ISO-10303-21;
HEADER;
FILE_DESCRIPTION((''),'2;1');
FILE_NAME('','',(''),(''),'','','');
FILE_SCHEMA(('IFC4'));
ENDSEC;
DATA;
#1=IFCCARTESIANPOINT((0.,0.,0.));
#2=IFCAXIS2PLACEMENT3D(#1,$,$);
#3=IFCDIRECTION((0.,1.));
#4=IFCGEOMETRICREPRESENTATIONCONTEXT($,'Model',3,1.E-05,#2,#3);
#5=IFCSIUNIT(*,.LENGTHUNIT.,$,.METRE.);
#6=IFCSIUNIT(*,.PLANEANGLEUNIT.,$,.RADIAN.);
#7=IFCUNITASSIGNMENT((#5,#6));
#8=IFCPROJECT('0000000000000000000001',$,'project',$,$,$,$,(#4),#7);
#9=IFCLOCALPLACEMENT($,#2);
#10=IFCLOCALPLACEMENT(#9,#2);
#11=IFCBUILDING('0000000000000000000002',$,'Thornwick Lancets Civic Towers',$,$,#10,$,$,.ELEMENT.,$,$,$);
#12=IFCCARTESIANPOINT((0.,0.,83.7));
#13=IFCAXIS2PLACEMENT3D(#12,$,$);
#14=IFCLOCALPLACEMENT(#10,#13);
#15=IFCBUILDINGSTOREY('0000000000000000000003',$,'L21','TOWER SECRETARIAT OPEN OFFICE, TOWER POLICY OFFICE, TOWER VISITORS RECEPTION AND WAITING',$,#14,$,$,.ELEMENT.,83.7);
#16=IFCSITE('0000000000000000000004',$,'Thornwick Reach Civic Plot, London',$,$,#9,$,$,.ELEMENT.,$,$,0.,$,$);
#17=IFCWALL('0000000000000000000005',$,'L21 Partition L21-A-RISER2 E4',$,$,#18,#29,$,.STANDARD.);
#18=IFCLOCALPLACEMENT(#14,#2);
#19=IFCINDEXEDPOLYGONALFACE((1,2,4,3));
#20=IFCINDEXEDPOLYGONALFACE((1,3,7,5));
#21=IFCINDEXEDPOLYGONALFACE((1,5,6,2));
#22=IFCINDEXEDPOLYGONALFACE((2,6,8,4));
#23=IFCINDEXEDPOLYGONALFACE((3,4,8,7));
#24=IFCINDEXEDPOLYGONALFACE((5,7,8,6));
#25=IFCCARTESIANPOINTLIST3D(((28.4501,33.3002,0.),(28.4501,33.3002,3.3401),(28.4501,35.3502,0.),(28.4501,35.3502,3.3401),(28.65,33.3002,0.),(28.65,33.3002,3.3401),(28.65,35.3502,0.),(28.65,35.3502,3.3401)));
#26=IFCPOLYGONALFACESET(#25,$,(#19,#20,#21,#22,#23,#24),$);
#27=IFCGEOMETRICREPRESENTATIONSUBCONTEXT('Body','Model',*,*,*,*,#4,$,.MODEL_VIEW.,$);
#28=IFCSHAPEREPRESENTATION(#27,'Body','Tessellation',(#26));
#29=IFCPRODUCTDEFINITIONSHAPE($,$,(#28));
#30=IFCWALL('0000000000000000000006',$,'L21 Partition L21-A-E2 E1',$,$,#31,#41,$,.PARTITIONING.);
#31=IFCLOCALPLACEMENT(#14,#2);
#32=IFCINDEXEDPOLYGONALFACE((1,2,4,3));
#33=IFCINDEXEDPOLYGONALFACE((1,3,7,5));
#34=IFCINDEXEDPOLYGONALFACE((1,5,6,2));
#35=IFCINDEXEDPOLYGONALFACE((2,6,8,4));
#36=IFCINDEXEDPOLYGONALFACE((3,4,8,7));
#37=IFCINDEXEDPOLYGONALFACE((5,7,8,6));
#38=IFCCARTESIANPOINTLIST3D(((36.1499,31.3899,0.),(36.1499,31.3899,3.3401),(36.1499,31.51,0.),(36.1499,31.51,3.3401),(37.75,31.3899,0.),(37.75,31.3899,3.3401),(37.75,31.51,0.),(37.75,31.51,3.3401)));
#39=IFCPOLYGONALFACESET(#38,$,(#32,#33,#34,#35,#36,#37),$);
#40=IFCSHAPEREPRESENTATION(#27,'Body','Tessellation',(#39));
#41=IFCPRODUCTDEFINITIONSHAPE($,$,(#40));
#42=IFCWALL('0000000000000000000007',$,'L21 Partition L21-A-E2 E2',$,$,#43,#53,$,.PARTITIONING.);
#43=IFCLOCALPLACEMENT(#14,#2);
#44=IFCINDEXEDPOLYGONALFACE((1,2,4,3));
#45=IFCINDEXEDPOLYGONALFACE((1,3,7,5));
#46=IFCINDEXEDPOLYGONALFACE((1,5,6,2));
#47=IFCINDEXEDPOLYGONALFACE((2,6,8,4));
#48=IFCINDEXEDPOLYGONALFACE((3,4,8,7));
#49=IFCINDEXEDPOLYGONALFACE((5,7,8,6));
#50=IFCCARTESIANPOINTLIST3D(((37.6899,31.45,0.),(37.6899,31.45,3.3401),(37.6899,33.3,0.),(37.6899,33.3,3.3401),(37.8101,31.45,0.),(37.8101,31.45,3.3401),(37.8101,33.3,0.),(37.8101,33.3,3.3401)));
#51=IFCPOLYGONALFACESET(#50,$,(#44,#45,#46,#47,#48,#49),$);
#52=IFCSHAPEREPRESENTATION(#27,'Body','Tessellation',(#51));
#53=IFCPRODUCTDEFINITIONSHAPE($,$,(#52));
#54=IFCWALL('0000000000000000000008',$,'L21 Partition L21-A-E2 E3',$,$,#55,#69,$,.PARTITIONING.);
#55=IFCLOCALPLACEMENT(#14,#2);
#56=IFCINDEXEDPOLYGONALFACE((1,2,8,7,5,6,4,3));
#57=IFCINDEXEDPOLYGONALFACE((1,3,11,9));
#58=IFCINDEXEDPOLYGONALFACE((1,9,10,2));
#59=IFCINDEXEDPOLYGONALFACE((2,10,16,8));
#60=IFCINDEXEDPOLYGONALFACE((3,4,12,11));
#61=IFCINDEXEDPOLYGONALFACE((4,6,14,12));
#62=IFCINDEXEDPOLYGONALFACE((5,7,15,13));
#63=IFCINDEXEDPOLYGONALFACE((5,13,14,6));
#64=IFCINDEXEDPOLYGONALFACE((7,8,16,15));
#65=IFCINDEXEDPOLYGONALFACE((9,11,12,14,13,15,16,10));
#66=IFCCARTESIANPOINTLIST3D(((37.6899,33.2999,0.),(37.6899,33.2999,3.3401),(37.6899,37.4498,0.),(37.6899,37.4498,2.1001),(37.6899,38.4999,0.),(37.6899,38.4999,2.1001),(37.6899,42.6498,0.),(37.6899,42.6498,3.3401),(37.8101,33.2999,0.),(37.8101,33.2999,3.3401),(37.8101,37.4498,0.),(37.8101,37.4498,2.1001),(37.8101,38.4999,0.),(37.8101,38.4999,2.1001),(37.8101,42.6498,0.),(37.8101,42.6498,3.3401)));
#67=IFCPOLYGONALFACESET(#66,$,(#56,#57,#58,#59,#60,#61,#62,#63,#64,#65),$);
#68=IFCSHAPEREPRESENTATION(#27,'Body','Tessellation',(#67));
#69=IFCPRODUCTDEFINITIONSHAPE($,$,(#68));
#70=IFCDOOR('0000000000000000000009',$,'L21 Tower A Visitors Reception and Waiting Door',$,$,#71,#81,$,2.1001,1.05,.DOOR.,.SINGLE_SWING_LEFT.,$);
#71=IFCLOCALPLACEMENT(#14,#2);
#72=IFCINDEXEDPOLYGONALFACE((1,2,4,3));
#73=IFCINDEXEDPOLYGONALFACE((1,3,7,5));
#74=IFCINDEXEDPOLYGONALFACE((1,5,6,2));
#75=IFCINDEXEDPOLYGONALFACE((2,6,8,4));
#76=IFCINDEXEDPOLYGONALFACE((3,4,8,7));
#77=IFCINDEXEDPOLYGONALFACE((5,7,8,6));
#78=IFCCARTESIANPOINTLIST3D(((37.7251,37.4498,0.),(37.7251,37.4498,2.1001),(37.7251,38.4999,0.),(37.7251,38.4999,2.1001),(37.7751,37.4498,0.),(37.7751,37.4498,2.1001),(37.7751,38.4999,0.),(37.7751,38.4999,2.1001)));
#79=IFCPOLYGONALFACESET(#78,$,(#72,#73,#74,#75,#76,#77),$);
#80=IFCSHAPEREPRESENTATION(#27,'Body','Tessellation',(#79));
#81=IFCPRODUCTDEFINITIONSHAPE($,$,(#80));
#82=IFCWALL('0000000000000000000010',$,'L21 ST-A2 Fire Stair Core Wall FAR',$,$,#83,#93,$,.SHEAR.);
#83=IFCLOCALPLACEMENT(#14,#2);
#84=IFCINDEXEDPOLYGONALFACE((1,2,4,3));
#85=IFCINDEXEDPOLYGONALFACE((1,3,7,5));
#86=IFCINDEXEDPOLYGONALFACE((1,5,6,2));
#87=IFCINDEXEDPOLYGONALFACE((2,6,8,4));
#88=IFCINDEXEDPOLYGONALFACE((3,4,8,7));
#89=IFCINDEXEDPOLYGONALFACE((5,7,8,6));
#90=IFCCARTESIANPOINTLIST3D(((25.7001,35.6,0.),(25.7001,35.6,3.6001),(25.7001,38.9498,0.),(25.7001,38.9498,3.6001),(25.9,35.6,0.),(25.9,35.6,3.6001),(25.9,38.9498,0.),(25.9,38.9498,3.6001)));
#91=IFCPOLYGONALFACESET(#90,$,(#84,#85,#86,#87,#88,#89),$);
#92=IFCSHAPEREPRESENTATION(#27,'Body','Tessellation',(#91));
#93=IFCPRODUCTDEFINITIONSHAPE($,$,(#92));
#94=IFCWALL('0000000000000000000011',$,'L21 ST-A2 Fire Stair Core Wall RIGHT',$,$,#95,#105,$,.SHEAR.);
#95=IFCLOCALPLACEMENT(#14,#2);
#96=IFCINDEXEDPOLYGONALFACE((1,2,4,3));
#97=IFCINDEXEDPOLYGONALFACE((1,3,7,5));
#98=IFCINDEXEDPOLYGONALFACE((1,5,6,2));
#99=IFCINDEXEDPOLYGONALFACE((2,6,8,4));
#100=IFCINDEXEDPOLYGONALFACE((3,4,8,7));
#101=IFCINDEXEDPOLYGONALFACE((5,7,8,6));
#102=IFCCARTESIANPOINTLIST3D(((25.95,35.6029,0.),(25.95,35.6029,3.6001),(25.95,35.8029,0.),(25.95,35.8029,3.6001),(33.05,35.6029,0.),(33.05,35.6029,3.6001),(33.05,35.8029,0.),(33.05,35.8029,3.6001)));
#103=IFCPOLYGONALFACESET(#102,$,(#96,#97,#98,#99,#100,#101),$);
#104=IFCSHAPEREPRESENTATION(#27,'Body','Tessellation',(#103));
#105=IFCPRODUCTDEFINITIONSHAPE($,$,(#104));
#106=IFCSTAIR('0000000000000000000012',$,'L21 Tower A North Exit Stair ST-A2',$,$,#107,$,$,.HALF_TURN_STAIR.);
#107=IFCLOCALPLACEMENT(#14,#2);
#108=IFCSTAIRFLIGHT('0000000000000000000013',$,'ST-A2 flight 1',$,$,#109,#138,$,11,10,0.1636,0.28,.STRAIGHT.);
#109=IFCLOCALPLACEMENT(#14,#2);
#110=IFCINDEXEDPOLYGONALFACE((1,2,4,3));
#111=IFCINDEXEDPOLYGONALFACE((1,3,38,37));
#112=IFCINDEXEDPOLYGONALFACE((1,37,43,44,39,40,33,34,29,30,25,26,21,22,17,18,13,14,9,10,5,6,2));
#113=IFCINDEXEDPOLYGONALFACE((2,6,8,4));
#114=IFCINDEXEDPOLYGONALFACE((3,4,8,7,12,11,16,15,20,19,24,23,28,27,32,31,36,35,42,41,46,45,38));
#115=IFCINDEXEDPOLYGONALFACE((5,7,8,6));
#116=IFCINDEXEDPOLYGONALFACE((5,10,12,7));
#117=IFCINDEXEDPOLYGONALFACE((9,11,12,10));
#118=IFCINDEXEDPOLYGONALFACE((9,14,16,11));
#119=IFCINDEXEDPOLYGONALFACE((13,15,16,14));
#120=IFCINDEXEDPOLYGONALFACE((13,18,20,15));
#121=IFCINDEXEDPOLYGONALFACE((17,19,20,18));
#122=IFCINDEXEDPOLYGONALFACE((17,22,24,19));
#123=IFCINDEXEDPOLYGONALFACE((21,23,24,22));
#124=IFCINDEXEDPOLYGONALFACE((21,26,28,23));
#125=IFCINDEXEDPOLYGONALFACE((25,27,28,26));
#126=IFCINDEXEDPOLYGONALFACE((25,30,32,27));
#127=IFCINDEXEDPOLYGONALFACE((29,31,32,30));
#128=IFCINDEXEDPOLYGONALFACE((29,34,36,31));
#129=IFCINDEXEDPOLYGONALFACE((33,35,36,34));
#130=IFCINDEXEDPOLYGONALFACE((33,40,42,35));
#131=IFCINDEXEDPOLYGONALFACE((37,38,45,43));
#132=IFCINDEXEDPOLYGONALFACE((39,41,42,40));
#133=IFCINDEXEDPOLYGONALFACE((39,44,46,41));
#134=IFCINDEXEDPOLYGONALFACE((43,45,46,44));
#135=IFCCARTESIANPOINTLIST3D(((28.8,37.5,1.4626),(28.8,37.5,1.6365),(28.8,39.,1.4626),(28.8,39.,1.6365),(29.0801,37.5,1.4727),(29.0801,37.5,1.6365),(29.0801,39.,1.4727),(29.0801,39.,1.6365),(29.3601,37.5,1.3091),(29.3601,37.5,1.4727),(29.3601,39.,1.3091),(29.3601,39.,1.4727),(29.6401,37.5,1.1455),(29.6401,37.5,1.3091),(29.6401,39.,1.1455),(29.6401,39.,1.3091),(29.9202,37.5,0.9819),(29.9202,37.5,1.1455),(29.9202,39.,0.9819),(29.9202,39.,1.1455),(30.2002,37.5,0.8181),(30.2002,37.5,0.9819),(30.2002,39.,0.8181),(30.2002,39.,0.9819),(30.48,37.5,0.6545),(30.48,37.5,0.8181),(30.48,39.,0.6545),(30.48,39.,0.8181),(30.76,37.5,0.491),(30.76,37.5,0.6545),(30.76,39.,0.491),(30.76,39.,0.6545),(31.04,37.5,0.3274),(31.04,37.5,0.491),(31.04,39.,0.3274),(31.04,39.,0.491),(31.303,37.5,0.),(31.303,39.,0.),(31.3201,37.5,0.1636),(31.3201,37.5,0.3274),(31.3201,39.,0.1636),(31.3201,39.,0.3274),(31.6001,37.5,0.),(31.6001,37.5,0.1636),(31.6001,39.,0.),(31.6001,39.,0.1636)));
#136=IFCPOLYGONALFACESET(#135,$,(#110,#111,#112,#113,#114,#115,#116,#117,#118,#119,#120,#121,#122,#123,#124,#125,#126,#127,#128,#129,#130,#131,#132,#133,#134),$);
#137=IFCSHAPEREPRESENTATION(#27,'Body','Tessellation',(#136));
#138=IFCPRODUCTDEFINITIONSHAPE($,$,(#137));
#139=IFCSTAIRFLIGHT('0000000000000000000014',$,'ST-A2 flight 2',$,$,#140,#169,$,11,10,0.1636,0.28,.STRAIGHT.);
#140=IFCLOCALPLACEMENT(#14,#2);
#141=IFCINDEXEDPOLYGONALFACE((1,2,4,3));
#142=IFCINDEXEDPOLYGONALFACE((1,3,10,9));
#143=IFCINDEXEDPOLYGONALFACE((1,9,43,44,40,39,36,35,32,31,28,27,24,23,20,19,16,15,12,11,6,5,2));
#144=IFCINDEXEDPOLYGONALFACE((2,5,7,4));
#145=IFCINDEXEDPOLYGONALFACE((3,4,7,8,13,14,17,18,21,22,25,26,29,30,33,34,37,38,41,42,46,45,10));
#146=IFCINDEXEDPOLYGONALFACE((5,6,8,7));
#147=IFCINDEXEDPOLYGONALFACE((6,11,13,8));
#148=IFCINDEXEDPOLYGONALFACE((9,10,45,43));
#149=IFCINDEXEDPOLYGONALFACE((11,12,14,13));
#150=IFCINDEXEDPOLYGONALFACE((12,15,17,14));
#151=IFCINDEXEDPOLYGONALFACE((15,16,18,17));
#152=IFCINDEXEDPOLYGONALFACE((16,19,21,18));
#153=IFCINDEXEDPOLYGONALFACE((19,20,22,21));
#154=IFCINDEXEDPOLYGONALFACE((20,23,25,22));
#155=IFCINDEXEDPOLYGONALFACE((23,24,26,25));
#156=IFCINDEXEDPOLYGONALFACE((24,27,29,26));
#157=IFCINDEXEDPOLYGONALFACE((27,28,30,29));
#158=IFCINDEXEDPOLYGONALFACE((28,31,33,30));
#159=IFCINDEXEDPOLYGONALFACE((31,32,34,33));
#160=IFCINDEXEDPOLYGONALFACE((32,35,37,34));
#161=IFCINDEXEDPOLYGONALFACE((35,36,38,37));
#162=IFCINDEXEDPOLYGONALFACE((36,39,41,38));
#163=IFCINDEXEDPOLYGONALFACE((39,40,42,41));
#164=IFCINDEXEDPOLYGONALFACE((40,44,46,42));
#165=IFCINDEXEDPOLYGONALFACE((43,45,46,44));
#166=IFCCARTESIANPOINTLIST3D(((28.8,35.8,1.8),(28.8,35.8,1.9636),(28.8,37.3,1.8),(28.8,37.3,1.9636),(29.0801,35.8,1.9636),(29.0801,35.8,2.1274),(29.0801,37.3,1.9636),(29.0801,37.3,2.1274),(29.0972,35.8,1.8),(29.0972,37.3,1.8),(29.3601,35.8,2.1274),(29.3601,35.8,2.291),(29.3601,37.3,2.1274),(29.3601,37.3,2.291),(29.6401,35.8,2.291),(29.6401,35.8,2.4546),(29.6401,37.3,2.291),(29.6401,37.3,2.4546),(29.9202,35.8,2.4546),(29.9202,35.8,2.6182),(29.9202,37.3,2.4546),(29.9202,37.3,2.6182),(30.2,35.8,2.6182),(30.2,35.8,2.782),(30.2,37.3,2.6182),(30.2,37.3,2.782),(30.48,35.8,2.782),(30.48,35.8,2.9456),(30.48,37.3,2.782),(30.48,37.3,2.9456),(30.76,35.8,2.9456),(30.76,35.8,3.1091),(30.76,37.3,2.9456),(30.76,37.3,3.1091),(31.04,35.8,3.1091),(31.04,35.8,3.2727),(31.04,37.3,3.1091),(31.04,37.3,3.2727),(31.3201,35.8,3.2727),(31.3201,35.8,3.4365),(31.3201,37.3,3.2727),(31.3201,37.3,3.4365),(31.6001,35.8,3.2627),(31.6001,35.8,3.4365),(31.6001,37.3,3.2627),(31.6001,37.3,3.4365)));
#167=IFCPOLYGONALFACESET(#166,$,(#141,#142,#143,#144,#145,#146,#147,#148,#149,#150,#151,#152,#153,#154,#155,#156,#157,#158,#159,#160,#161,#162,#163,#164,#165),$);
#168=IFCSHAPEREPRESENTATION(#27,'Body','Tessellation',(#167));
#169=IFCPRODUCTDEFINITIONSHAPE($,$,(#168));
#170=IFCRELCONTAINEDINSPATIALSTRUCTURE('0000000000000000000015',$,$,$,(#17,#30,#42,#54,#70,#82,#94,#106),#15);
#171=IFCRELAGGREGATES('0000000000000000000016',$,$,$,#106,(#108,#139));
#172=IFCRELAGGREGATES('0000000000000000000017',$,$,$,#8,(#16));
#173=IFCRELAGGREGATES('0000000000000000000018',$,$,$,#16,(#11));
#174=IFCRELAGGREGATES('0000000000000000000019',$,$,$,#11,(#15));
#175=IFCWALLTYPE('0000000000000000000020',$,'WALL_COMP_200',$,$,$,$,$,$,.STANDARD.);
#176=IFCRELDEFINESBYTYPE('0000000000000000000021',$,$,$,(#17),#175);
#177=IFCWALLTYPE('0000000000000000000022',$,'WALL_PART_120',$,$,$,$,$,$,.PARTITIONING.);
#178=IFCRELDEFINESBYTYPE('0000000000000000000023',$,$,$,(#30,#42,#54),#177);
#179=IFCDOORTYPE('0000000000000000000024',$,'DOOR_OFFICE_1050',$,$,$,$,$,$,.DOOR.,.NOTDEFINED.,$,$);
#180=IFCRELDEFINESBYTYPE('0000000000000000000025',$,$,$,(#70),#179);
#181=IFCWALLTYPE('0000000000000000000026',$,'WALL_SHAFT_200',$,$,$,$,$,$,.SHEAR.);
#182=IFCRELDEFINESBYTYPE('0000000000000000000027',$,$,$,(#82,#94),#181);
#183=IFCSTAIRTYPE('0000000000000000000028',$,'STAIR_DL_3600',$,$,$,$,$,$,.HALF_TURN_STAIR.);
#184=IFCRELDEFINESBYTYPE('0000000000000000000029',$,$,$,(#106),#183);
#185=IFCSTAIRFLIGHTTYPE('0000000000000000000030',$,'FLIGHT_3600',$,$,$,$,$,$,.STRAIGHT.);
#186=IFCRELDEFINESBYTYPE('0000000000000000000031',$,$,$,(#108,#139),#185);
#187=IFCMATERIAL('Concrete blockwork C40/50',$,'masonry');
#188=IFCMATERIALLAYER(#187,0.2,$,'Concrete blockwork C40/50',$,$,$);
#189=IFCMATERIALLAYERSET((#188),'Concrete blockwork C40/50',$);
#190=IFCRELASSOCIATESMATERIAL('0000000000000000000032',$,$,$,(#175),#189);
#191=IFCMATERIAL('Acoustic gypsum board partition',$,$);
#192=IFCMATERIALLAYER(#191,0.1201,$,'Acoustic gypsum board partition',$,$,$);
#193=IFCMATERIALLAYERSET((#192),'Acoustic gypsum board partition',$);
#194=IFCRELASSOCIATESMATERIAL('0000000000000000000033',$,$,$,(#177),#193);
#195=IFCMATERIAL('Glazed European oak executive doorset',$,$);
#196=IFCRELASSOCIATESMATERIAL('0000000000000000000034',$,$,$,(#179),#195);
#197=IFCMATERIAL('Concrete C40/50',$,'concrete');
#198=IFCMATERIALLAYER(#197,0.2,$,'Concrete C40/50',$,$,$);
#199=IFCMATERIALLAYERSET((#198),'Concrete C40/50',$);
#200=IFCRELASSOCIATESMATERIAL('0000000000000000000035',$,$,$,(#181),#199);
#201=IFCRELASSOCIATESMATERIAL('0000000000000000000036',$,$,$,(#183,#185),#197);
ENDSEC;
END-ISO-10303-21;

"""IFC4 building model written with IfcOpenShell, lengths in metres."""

from ifc_helpers import new_model, si_unit, direction, frame, frame_2d, origin, place, context, subcontext, project, spatial, polyline, rectangle, outline, extrude, material, layer, layer_set, type_object, element, fill, aggregate, save


model = new_model("IFC4")

# Units and contexts
model_context = context("Model", 3, precision=1e-05, world=origin(), true_north=direction((0.0, 1.0)))
body_context = subcontext(model_context, "Body", "Model", "MODEL_VIEW")
ifc_project = project(units=[si_unit("LENGTHUNIT", "METRE"), si_unit("PLANEANGLEUNIT", "RADIAN")], contexts=[model_context])

# Site, building, storey
site_placement = place(None, origin())
site = spatial("IfcSite", under=ifc_project, at=site_placement, Name="Thornwick Reach Civic Plot, London", CompositionType="ELEMENT", RefElevation=0.0)
building_placement = place(site_placement, origin())
building = spatial("IfcBuilding", under=site, at=building_placement, Name="Thornwick Lancets Civic Towers", CompositionType="ELEMENT")
storey_placement = place(building_placement, frame((0.0, 0.0, 83.7)))
storey = spatial("IfcBuildingStorey", under=building, at=storey_placement, Name="L21", Description="TOWER SECRETARIAT OPEN OFFICE, TOWER POLICY OFFICE, TOWER VISITORS RECEPTION AND WAITING", CompositionType="ELEMENT", Elevation=83.7)

# Shared definitions
ifc_material_1 = material(Name="Concrete blockwork C40/50", Category="masonry")
ifc_layer_1 = layer(ifc_material_1, 0.2, Name="Concrete blockwork C40/50")
ifc_layer_set_1 = layer_set([ifc_layer_1], Name="Concrete blockwork C40/50")
wall_type_1 = type_object("IfcWallType", Name="WALL_COMP_200", PredefinedType="STANDARD", material=ifc_layer_set_1)

# Walls
wall_1_placement = place(storey_placement, frame((28.55, 35.3501, 0.0), z_axis=(0.0, 0.0, 1.0), x_axis=(0.0, -1.0, 0.0)))
element("IfcWall", 1, at=wall_1_placement, inside=storey, type_object=wall_type_1, Name="L21 Partition L21-A-RISER2 E4", PredefinedType="STANDARD", context=body_context, shape_type="SweptSolid", body=[
    extrude(rectangle(XDim=2.05, YDim=0.2, at=frame_2d((1.0249, 0.0))), origin(), (0.0, 0.0, 1.0), 3.3401),
])
ifc_material_2 = material(Name="Acoustic gypsum board partition")
ifc_layer_2 = layer(ifc_material_2, 0.1201, Name="Acoustic gypsum board partition")
ifc_layer_set_2 = layer_set([ifc_layer_2], Name="Acoustic gypsum board partition")
wall_type_2 = type_object("IfcWallType", Name="WALL_PART_120", PredefinedType="PARTITIONING", material=ifc_layer_set_2)
wall_2_placement = place(storey_placement, frame((36.1499, 31.45, 0.0), z_axis=(0.0, 0.0, 1.0), x_axis=(1.0, 0.0, 0.0)))
element("IfcWall", 2, at=wall_2_placement, inside=storey, type_object=wall_type_2, Name="L21 Partition L21-A-E2 E1", PredefinedType="PARTITIONING", context=body_context, shape_type="SweptSolid", body=[
    extrude(rectangle(XDim=1.6001, YDim=0.1201, at=frame_2d((0.8, 0.0))), origin(), (0.0, 0.0, 1.0), 3.3401),
])
wall_3_placement = place(storey_placement, frame((37.75, 31.45, 0.0), z_axis=(0.0, 0.0, 1.0), x_axis=(0.0, 1.0, 0.0)))
element("IfcWall", 3, at=wall_3_placement, inside=storey, type_object=wall_type_2, Name="L21 Partition L21-A-E2 E2", PredefinedType="PARTITIONING", context=body_context, shape_type="SweptSolid", body=[
    extrude(rectangle(XDim=1.8501, YDim=0.1201, at=frame_2d((0.925, 0.0))), origin(), (0.0, 0.0, 1.0), 3.3401),
])

# Wall, opening, door
wall_4_placement = place(storey_placement, frame((37.75, 33.3, 0.0), z_axis=(0.0, 0.0, 1.0), x_axis=(0.0, 1.0, 0.0)))
wall_4 = element("IfcWall", 4, at=wall_4_placement, inside=storey, type_object=wall_type_2, Name="L21 Partition L21-A-E2 E3", PredefinedType="PARTITIONING", context=body_context, shape_type="SweptSolid", body=[
    extrude(rectangle(XDim=9.3499, YDim=0.1201, at=frame_2d((4.6748, 0.0))), origin(), (0.0, 0.0, 1.0), 3.3401),
])
opening_1_placement = place(wall_4_placement, frame((4.1499, 0.0, 0.0)))
opening_1 = element("IfcOpeningElement", 5, at=opening_1_placement, cuts=wall_4, PredefinedType="OPENING", context=body_context, shape_type="SweptSolid", body=[
    extrude(rectangle(XDim=1.05, YDim=2.1001, at=frame_2d((0.5249, 1.05))), frame((0.0, 0.0701, 0.0), z_axis=(0.0, -1.0, 0.0), x_axis=(1.0, 0.0, 0.0)), (0.0, 0.0, 1.0), 0.1401),
])
ifc_material_3 = material(Name="Glazed European oak executive doorset")
door_type_1 = type_object("IfcDoorType", Name="DOOR_OFFICE_1050", OperationType="NOTDEFINED", PredefinedType="DOOR", material=ifc_material_3)
door_1_placement = place(opening_1_placement, origin())
door_1 = element("IfcDoor", 6, at=door_1_placement, inside=storey, type_object=door_type_1, Name="L21 Tower A Visitors Reception and Waiting Door", OperationType="SINGLE_SWING_LEFT", OverallHeight=2.1001, OverallWidth=1.05, PredefinedType="DOOR", context=body_context, shape_type="SweptSolid", body=[
    extrude(rectangle(XDim=1.05, YDim=2.1001, at=frame_2d((0.5249, 1.05))), frame((0.0, 0.0249, 0.0), z_axis=(0.0, -1.0, 0.0), x_axis=(1.0, 0.0, 0.0)), (0.0, 0.0, 1.0), 0.05),
])
fill(opening_1, door_1)

# Walls
ifc_material_4 = material(Name="Concrete C40/50", Category="concrete")
ifc_layer_3 = layer(ifc_material_4, 0.2, Name="Concrete C40/50")
ifc_layer_set_3 = layer_set([ifc_layer_3], Name="Concrete C40/50")
wall_type_3 = type_object("IfcWallType", Name="WALL_SHAFT_200", PredefinedType="SHEAR", material=ifc_layer_set_3)
wall_5_placement = place(storey_placement, frame((25.8, 35.6001, 0.0), z_axis=(0.0, 0.0, 1.0), x_axis=(0.0, 1.0, 0.0)))
element("IfcWall", 7, at=wall_5_placement, inside=storey, type_object=wall_type_3, Name="L21 ST-A2 Fire Stair Core Wall FAR", PredefinedType="SHEAR", context=body_context, shape_type="SweptSolid", body=[
    extrude(rectangle(XDim=3.3499, YDim=0.2, at=frame_2d((1.6748, 0.0))), origin(), (0.0, 0.0, 1.0), 3.6001),
])
wall_6_placement = place(storey_placement, frame((25.95, 35.7029, 0.0), z_axis=(0.0, 0.0, 1.0), x_axis=(1.0, 0.0, 0.0)))
element("IfcWall", 8, at=wall_6_placement, inside=storey, type_object=wall_type_3, Name="L21 ST-A2 Fire Stair Core Wall RIGHT", PredefinedType="SHEAR", context=body_context, shape_type="SweptSolid", body=[
    extrude(rectangle(XDim=7.1001, YDim=0.2, at=frame_2d((3.55, 0.0))), origin(), (0.0, 0.0, 1.0), 3.6001),
])

# Stair, stair flights
stair_type = type_object("IfcStairType", Name="STAIR_DL_3600", PredefinedType="HALF_TURN_STAIR", material=ifc_material_4)
stair_placement = place(storey_placement, origin())
stair = element("IfcStair", 9, at=stair_placement, inside=storey, type_object=stair_type, Name="L21 Tower A North Exit Stair ST-A2", PredefinedType="HALF_TURN_STAIR")
stair_flight_type = type_object("IfcStairFlightType", Name="FLIGHT_3600", PredefinedType="STRAIGHT", material=ifc_material_4)
stair_flight_1_placement = place(storey_placement, frame((31.6001, 38.25, 0.0), z_axis=(0.0, 0.0, 1.0), x_axis=(-1.0, 0.0, 0.0)))
stair_flight_1 = element("IfcStairFlight", 10, at=stair_flight_1_placement, type_object=stair_flight_type, Name="ST-A2 flight 1", NumberOfRisers=11, NumberOfTreads=10, PredefinedType="STRAIGHT", RiserHeight=0.1636, TreadLength=0.28, context=body_context, shape_type="SweptSolid", body=[
    extrude(outline(polyline([(0.0, 0.0), (0.0, 0.1636), (0.28, 0.1636), (0.28, 0.3274), (0.5601, 0.3274), (0.5601, 0.491), (0.8401, 0.491), (0.8401, 0.6545), (1.1201, 0.6545), (1.1201, 0.8181), (1.3999, 0.8181), (1.3999, 0.9819), (1.6799, 0.9819), (1.6799, 1.1455), (1.96, 1.1455), (1.96, 1.3091), (2.24, 1.3091), (2.24, 1.4727), (2.52, 1.4727), (2.52, 1.6365), (2.8, 1.6365), (2.8, 1.8), (2.8, 1.4626), (0.2971, 0.0), (0.0, 0.0)])), frame((0.0, 0.75, 0.0), z_axis=(0.0, -1.0, 0.0), x_axis=(1.0, 0.0, 0.0)), (0.0, 0.0, 1.0), 1.5),
])
stair_flight_2_placement = place(storey_placement, frame((28.8, 36.55, 1.8), z_axis=(0.0, 0.0, 1.0), x_axis=(1.0, 0.0, 0.0)))
stair_flight_2 = element("IfcStairFlight", 11, at=stair_flight_2_placement, type_object=stair_flight_type, Name="ST-A2 flight 2", NumberOfRisers=11, NumberOfTreads=10, PredefinedType="STRAIGHT", RiserHeight=0.1636, TreadLength=0.28, context=body_context, shape_type="SweptSolid", body=[
    extrude(outline(polyline([(0.0, 0.0), (0.0, 0.1636), (0.28, 0.1636), (0.28, 0.3274), (0.5601, 0.3274), (0.5601, 0.491), (0.8401, 0.491), (0.8401, 0.6545), (1.1201, 0.6545), (1.1201, 0.8181), (1.3999, 0.8181), (1.3999, 0.9819), (1.6799, 0.9819), (1.6799, 1.1455), (1.96, 1.1455), (1.96, 1.3091), (2.24, 1.3091), (2.24, 1.4727), (2.52, 1.4727), (2.52, 1.6365), (2.8, 1.6365), (2.8, 1.8), (2.8, 1.4626), (0.2971, 0.0), (0.0, 0.0)])), frame((0.0, 0.75, 0.0), z_axis=(0.0, -1.0, 0.0), x_axis=(1.0, 0.0, 0.0)), (0.0, 0.0, 1.0), 1.5),
])
aggregate(stair, [stair_flight_1, stair_flight_2])

save(model, "model.ifc")
